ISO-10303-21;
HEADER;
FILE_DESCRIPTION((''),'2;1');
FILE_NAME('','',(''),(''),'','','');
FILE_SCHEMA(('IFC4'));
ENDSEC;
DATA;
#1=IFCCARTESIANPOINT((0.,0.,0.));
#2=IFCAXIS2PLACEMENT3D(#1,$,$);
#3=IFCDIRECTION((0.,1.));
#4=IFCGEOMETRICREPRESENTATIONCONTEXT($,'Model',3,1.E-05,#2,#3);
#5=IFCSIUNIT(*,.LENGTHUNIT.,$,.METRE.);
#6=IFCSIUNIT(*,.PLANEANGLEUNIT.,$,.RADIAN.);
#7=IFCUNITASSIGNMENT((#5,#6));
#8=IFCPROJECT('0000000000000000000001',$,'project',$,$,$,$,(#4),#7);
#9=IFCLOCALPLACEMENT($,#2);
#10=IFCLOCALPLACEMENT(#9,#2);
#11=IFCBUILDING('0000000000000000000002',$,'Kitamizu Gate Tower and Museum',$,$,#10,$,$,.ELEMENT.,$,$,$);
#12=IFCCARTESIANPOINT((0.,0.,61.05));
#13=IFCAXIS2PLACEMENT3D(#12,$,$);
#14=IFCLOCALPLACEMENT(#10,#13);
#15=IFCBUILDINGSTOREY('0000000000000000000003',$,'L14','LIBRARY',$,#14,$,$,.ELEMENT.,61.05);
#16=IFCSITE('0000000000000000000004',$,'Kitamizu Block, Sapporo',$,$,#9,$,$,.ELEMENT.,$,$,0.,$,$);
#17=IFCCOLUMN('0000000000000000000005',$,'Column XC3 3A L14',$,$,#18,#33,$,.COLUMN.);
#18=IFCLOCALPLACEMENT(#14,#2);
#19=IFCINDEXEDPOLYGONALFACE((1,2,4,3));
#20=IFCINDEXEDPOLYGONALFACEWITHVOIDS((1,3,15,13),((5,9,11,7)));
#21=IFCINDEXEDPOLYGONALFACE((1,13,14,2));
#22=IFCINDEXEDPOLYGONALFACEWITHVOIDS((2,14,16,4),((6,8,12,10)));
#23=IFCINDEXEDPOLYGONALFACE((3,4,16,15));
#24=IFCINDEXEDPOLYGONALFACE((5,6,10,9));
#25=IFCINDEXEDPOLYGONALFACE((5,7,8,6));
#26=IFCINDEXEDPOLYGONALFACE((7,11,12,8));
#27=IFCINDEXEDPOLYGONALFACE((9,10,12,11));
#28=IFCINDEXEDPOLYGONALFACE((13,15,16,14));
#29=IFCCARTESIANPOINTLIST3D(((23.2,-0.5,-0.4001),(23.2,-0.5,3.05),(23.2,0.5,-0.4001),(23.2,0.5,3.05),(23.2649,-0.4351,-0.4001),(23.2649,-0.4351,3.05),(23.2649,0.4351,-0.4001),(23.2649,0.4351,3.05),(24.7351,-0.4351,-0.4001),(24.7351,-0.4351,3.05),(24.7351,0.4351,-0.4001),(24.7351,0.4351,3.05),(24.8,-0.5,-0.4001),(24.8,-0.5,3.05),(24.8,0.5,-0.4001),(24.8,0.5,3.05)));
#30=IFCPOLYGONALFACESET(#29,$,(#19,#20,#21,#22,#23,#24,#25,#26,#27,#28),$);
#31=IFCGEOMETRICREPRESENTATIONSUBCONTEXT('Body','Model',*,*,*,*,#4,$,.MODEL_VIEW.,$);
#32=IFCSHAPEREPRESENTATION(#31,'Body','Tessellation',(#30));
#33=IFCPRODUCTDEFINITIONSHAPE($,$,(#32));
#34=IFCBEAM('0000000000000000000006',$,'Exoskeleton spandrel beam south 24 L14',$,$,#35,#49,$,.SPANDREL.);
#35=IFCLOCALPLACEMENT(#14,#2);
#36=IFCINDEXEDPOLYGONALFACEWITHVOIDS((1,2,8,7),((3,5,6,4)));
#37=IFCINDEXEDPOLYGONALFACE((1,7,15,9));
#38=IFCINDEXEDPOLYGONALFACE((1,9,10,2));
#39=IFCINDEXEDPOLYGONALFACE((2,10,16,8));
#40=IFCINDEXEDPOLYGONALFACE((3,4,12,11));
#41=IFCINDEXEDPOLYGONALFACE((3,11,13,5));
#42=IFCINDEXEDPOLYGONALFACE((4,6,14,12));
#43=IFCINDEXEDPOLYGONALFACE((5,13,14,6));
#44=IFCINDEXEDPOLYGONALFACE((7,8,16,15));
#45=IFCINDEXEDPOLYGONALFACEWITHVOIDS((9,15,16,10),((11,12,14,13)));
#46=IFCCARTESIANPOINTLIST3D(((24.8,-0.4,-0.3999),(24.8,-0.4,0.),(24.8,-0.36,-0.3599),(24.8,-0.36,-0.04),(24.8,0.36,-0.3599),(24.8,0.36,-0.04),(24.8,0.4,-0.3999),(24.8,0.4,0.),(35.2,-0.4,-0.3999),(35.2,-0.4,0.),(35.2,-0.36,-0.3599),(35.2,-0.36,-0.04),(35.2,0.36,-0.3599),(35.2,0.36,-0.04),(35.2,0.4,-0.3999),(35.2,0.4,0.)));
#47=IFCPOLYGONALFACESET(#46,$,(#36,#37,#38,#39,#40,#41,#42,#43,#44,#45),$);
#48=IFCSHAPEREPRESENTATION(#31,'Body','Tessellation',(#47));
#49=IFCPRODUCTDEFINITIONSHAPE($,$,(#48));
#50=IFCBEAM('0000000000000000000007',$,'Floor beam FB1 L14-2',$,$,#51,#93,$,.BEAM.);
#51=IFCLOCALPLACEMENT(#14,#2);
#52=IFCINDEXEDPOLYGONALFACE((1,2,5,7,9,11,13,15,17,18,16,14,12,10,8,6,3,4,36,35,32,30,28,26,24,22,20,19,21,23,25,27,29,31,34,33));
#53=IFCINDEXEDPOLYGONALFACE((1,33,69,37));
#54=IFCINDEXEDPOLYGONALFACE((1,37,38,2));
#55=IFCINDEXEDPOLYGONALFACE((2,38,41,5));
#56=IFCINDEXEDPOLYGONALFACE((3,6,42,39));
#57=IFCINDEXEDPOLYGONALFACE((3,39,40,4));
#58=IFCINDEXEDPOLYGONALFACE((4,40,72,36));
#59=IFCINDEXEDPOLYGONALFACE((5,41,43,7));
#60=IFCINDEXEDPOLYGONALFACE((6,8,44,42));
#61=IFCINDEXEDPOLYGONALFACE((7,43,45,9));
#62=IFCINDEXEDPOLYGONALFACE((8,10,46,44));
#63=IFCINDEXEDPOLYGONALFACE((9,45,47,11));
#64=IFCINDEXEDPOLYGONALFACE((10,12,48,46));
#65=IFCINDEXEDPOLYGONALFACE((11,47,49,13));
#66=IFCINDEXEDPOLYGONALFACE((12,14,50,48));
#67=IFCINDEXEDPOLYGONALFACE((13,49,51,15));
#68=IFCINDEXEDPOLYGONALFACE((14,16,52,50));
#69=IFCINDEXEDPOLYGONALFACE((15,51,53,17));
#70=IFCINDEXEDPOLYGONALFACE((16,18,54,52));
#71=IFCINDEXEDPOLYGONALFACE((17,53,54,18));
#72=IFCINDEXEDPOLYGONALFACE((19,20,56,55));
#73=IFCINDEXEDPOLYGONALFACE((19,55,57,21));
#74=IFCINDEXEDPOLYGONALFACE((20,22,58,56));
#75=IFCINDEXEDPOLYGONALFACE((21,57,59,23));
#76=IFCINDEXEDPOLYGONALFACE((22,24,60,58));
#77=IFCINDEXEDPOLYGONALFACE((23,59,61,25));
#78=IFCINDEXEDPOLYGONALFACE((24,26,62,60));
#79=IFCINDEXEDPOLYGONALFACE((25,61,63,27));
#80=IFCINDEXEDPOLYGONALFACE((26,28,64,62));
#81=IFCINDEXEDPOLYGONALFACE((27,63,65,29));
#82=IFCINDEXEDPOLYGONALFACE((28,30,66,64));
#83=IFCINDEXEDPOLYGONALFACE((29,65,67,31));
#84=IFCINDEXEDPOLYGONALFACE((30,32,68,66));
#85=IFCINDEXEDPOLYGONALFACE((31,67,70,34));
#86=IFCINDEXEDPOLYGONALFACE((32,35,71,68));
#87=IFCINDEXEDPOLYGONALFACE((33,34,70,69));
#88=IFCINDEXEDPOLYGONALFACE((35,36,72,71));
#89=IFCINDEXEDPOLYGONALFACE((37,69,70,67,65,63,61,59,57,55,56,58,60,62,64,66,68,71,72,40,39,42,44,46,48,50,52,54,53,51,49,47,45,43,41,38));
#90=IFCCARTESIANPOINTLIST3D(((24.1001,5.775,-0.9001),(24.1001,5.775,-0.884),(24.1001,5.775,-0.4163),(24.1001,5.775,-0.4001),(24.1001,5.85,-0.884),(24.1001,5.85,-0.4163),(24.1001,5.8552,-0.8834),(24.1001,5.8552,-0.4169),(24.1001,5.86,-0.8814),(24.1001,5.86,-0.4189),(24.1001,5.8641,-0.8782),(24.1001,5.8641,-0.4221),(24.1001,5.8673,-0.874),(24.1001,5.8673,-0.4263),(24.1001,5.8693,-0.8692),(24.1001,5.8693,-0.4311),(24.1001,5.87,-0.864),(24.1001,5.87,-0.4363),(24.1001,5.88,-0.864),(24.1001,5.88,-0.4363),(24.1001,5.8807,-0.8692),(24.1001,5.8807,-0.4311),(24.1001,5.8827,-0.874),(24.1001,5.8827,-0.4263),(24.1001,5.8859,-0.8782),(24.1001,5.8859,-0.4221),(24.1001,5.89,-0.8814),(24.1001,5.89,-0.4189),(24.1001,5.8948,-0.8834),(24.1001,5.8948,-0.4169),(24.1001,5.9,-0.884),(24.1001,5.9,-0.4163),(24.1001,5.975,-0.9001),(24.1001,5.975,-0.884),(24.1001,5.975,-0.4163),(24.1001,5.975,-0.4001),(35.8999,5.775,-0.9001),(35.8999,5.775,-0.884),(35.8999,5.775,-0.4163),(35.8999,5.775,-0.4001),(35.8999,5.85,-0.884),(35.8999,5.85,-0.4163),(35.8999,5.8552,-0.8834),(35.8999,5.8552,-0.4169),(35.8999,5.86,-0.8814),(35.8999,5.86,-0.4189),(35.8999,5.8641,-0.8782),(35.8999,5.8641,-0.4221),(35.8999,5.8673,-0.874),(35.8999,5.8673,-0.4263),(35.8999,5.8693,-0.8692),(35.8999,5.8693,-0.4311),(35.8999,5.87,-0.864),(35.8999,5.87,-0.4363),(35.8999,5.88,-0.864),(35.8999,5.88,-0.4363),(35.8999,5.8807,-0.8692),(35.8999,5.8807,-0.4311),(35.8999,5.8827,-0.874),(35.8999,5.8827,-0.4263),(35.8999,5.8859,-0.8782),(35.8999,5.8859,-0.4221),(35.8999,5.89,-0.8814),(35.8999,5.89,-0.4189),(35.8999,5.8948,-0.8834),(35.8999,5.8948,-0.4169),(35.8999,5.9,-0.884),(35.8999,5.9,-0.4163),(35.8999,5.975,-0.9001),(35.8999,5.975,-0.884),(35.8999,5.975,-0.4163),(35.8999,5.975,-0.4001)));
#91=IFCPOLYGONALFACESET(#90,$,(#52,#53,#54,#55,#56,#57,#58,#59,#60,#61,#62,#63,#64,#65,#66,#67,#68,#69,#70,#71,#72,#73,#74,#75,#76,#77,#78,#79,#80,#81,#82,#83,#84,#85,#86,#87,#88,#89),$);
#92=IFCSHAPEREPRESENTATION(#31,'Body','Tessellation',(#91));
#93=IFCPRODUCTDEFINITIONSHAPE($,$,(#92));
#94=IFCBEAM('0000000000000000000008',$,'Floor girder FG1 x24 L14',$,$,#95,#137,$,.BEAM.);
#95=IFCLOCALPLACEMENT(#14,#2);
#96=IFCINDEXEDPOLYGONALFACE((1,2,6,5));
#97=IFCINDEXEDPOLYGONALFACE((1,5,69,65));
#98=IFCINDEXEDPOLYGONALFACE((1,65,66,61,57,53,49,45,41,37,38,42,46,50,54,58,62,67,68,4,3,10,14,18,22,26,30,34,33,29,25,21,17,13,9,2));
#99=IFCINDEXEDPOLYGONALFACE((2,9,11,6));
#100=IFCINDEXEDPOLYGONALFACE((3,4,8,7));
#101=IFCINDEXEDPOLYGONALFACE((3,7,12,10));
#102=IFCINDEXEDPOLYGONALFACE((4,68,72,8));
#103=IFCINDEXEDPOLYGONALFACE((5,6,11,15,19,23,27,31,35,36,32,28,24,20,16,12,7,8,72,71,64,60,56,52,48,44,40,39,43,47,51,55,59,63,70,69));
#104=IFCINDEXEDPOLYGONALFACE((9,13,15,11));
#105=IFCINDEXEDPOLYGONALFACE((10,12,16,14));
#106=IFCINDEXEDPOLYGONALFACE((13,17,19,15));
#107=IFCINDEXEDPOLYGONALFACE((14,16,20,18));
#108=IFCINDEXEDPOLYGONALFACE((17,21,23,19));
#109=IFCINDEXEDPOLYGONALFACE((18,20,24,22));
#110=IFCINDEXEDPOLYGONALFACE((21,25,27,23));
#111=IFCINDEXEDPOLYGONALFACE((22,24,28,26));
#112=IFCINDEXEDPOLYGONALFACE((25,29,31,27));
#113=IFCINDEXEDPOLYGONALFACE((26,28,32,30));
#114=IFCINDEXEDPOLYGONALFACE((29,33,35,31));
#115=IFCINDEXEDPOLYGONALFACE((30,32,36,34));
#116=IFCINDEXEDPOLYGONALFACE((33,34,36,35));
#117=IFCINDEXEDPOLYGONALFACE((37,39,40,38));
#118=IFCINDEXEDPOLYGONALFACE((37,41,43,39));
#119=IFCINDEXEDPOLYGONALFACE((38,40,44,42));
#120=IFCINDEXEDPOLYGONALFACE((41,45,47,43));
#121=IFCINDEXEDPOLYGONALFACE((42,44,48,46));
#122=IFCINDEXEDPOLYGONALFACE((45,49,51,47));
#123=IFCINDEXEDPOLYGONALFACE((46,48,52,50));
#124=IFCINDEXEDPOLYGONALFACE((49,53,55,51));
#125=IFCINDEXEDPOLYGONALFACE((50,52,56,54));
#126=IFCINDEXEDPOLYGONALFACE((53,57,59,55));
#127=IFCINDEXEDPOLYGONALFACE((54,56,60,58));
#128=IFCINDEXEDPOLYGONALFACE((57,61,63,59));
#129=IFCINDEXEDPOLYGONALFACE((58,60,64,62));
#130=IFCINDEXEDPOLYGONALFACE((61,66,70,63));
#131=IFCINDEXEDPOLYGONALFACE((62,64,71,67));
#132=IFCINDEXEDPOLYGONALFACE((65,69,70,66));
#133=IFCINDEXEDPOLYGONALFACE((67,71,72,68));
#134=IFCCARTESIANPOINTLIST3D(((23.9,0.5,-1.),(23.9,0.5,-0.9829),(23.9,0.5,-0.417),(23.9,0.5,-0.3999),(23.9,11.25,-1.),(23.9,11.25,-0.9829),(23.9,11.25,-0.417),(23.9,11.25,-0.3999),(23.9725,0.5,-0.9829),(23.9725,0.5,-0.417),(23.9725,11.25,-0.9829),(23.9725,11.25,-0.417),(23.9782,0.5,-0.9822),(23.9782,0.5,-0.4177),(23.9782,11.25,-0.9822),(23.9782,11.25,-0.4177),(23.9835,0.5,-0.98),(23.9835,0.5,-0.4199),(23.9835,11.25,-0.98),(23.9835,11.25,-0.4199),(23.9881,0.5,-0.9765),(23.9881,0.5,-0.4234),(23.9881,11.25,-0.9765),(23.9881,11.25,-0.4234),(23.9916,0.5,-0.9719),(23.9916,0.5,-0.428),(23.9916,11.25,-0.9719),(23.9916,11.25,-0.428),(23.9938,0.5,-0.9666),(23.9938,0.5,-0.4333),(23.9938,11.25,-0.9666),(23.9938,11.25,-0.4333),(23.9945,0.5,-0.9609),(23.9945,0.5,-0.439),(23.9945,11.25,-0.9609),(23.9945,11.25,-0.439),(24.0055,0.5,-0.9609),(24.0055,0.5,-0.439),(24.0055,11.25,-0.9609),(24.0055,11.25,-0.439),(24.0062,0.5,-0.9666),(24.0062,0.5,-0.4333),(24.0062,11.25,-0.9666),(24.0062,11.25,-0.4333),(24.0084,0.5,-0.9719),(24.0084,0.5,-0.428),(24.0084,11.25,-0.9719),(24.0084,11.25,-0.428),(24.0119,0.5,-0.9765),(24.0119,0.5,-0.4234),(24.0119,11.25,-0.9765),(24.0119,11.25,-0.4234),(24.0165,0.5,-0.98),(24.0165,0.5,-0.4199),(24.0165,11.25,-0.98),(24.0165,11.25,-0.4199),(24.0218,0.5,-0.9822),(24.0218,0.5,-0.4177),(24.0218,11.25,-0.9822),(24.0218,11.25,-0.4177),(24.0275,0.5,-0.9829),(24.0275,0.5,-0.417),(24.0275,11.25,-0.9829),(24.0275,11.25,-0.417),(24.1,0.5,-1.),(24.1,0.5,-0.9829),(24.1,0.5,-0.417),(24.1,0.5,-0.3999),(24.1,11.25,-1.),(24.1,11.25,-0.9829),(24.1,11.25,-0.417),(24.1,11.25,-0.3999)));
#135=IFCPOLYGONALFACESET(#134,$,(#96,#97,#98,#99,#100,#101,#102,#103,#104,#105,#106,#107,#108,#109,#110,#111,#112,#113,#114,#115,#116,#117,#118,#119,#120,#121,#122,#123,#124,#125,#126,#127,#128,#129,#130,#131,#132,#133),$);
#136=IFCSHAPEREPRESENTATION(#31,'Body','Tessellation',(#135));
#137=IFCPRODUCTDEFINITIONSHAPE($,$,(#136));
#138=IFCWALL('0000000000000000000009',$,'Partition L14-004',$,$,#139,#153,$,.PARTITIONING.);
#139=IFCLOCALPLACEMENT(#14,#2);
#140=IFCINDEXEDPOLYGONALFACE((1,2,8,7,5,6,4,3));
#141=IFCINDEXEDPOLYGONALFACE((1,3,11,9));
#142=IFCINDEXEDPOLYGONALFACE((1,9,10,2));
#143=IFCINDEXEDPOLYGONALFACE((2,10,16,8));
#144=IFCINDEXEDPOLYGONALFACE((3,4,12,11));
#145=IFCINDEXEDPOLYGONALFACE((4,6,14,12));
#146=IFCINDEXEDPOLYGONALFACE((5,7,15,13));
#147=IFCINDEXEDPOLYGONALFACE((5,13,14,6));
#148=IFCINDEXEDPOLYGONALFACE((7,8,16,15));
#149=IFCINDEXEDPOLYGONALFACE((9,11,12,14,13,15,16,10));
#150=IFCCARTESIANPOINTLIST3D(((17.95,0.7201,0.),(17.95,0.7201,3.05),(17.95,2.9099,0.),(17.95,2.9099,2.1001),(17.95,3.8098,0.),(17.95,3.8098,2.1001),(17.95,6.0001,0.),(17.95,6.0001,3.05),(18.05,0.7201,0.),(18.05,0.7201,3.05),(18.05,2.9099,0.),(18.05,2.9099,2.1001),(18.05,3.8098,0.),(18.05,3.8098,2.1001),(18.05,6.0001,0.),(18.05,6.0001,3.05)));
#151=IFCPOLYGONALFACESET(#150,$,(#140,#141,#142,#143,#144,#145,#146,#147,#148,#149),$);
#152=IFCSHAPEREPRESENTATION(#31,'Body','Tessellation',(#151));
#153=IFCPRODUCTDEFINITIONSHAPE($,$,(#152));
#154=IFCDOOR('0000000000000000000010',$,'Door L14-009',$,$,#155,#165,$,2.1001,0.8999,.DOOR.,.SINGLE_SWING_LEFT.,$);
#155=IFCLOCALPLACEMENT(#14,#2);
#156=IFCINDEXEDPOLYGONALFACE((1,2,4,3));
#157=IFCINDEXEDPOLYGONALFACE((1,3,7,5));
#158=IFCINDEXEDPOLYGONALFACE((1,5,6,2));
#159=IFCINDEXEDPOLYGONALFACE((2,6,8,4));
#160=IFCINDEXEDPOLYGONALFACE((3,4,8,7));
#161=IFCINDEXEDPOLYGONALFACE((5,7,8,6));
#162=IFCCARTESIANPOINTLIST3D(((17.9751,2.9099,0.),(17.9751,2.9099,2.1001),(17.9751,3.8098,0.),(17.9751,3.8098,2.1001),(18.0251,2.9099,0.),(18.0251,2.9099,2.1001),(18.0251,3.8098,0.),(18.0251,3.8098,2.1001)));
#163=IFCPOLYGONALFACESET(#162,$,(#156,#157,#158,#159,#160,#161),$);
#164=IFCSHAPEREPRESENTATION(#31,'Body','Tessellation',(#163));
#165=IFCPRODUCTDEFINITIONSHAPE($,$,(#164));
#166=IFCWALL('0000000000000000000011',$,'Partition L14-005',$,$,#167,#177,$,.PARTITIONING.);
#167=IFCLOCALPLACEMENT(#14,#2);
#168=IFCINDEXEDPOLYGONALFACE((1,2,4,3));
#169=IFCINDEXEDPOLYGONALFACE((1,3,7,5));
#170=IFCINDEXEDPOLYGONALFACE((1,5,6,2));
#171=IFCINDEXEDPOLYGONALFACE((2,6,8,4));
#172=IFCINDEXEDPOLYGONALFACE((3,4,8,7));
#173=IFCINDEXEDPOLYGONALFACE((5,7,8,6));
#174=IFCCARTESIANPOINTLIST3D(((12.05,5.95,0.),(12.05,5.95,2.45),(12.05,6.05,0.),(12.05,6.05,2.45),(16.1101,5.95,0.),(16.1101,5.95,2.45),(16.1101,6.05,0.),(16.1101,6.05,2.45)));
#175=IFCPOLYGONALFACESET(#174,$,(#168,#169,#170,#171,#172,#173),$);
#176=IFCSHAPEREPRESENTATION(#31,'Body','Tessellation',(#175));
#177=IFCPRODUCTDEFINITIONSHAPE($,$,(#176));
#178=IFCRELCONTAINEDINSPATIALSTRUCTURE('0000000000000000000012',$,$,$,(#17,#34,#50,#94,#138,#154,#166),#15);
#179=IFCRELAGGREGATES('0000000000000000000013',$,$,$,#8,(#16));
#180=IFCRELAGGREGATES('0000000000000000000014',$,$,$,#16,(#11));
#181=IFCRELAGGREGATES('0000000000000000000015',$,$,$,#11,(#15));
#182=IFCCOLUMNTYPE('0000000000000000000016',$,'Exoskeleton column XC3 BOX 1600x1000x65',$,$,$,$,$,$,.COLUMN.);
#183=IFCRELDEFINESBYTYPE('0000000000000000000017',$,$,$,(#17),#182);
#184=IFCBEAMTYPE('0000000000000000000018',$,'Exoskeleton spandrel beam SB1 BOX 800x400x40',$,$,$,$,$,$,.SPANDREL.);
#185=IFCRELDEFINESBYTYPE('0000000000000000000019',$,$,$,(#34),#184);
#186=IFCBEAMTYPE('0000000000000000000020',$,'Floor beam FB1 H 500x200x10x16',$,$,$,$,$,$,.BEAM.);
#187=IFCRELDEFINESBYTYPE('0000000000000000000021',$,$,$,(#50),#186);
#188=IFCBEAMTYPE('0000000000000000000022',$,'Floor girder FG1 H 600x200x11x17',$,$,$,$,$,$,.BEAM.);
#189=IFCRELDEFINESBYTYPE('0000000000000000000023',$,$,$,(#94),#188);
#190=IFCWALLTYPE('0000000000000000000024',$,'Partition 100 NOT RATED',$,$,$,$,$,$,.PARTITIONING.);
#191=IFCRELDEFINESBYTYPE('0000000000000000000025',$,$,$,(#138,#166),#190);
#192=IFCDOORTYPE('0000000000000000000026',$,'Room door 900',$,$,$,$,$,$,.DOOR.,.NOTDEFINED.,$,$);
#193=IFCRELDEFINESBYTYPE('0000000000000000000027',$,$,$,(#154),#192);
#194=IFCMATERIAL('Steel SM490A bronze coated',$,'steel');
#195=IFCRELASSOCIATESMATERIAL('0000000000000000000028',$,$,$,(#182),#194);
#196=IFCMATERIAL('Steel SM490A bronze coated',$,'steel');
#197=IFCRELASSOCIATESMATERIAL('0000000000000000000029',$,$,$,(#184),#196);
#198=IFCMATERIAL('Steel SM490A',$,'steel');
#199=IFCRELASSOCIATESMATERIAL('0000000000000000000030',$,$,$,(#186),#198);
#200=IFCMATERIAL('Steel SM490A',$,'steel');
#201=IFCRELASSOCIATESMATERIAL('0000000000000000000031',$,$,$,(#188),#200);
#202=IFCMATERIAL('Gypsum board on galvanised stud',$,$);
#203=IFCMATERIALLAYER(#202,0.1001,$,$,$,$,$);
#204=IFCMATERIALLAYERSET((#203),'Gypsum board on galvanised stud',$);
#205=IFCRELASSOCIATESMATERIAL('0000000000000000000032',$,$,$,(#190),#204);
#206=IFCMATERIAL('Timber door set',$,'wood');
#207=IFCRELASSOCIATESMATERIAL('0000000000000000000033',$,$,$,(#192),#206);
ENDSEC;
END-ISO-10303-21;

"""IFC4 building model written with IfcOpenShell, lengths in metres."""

from ifc_helpers import new_model, si_unit, direction, frame, frame_2d, origin, origin_2d, place, context, subcontext, project, spatial, rectangle, hollow_rectangle, i_section, extrude, material, layer, layer_set, material_profile, profile_set, type_object, element, fill, save


model = new_model("IFC4")

# Units and contexts
model_context = context("Model", 3, precision=1e-05, world=origin(), true_north=direction((0.0, 1.0)))
body_context = subcontext(model_context, "Body", "Model", "MODEL_VIEW")
ifc_project = project(units=[si_unit("LENGTHUNIT", "METRE"), si_unit("PLANEANGLEUNIT", "RADIAN")], contexts=[model_context])

# Site, building, storey
site_placement = place(None, origin())
site = spatial("IfcSite", under=ifc_project, at=site_placement, Name="Kitamizu Block, Sapporo", CompositionType="ELEMENT", RefElevation=0.0)
building_placement = place(site_placement, origin())
building = spatial("IfcBuilding", under=site, at=building_placement, Name="Kitamizu Gate Tower and Museum", CompositionType="ELEMENT")
storey_placement = place(building_placement, frame((0.0, 0.0, 61.05)))
storey = spatial("IfcBuildingStorey", under=building, at=storey_placement, Name="L14", Description="LIBRARY", CompositionType="ELEMENT", Elevation=61.05)

# Column
ifc_material_1 = material(Name="Steel SM490A bronze coated", Category="steel")
ifc_material_profile_1 = material_profile(ifc_material_1, hollow_rectangle(XDim=1.6001, YDim=1.0, WallThickness=0.0649, at=origin_2d()), Name="BOX 1600x1000x65")
ifc_profile_set_1 = profile_set([ifc_material_profile_1], Name="Steel SM490A bronze coated")
column_type = type_object("IfcColumnType", Name="Exoskeleton column XC3 BOX 1600x1000x65", PredefinedType="COLUMN", material=ifc_profile_set_1)
column_placement = place(storey_placement, frame((24.0, 0.0, -0.4001), z_axis=(0.0, 0.0, 1.0), x_axis=(1.0, 0.0, 0.0)))
element("IfcColumn", 1, at=column_placement, inside=storey, type_object=column_type, Name="Column XC3 3A L14", PredefinedType="COLUMN", context=body_context, shape_type="SweptSolid", body=[
    extrude(hollow_rectangle(XDim=1.6001, YDim=1.0, WallThickness=0.0649, at=origin_2d()), origin(), (0.0, 0.0, 1.0), 3.4502),
])

# Beams
ifc_material_2 = material(Name="Steel SM490A bronze coated", Category="steel")
ifc_material_profile_2 = material_profile(ifc_material_2, hollow_rectangle(XDim=0.8, YDim=0.3999, WallThickness=0.04, at=origin_2d()), Name="BOX 800x400x40")
ifc_profile_set_2 = profile_set([ifc_material_profile_2], Name="Steel SM490A bronze coated")
beam_type_1 = type_object("IfcBeamType", Name="Exoskeleton spandrel beam SB1 BOX 800x400x40", PredefinedType="SPANDREL", material=ifc_profile_set_2)
beam_1_placement = place(storey_placement, frame((24.8, 0.0, -0.2), z_axis=(1.0, 0.0, 0.0), x_axis=(0.0, 1.0, 0.0)))
element("IfcBeam", 2, at=beam_1_placement, inside=storey, type_object=beam_type_1, Name="Exoskeleton spandrel beam south 24 L14", PredefinedType="SPANDREL", context=body_context, shape_type="SweptSolid", body=[
    extrude(hollow_rectangle(XDim=0.8, YDim=0.3999, WallThickness=0.04, at=origin_2d()), origin(), (0.0, 0.0, 1.0), 10.3999),
])
ifc_material_3 = material(Name="Steel SM490A", Category="steel")
ifc_material_profile_3 = material_profile(ifc_material_3, i_section(OverallWidth=0.2, OverallDepth=0.5, WebThickness=0.01, FlangeThickness=0.0161, FilletRadius=0.02, at=origin_2d()), Name="H-500x200x10x16")
ifc_profile_set_3 = profile_set([ifc_material_profile_3], Name="Steel SM490A")
beam_type_2 = type_object("IfcBeamType", Name="Floor beam FB1 H 500x200x10x16", PredefinedType="BEAM", material=ifc_profile_set_3)
beam_2_placement = place(storey_placement, frame((24.1001, 5.875, -0.6501), z_axis=(1.0, 0.0, 0.0), x_axis=(0.0, 1.0, 0.0)))
element("IfcBeam", 3, at=beam_2_placement, inside=storey, type_object=beam_type_2, Name="Floor beam FB1 L14-2", PredefinedType="BEAM", context=body_context, shape_type="SweptSolid", body=[
    extrude(i_section(OverallWidth=0.2, OverallDepth=0.5, WebThickness=0.01, FlangeThickness=0.0161, FilletRadius=0.02, at=origin_2d()), origin(), (0.0, 0.0, 1.0), 11.7998),
])
ifc_material_4 = material(Name="Steel SM490A", Category="steel")
ifc_material_profile_4 = material_profile(ifc_material_4, i_section(OverallWidth=0.2, OverallDepth=0.6001, WebThickness=0.011, FlangeThickness=0.0171, FilletRadius=0.022, at=origin_2d()), Name="H-600x200x11x17")
ifc_profile_set_4 = profile_set([ifc_material_profile_4], Name="Steel SM490A")
beam_type_3 = type_object("IfcBeamType", Name="Floor girder FG1 H 600x200x11x17", PredefinedType="BEAM", material=ifc_profile_set_4)
beam_3_placement = place(storey_placement, frame((24.0, 0.5, -0.7), z_axis=(0.0, 1.0, 0.0), x_axis=(-1.0, 0.0, 0.0)))
element("IfcBeam", 4, at=beam_3_placement, inside=storey, type_object=beam_type_3, Name="Floor girder FG1 x24 L14", PredefinedType="BEAM", context=body_context, shape_type="SweptSolid", body=[
    extrude(i_section(OverallWidth=0.2, OverallDepth=0.6001, WebThickness=0.011, FlangeThickness=0.0171, FilletRadius=0.022, at=origin_2d()), origin(), (0.0, 0.0, 1.0), 10.75),
])

# Wall, opening, door
ifc_material_5 = material(Name="Gypsum board on galvanised stud")
ifc_layer_1 = layer(ifc_material_5, 0.1001)
ifc_layer_set_1 = layer_set([ifc_layer_1], Name="Gypsum board on galvanised stud")
wall_type_1 = type_object("IfcWallType", Name="Partition 100 NOT RATED", PredefinedType="PARTITIONING", material=ifc_layer_set_1)
wall_1_placement = place(storey_placement, frame((18.0, 0.72, 0.0), z_axis=(0.0, 0.0, 1.0), x_axis=(0.0, 1.0, 0.0)))
wall_1 = element("IfcWall", 5, at=wall_1_placement, inside=storey, type_object=wall_type_1, Name="Partition L14-004", PredefinedType="PARTITIONING", context=body_context, shape_type="SweptSolid", body=[
    extrude(rectangle(XDim=5.28, YDim=0.1001, at=frame_2d((2.6401, 0.0))), origin(), (0.0, 0.0, 1.0), 3.05),
])
opening_1_placement = place(wall_1_placement, frame((2.1899, 0.0, 0.0)))
opening_1 = element("IfcOpeningElement", 6, at=opening_1_placement, cuts=wall_1, PredefinedType="OPENING", context=body_context, shape_type="SweptSolid", body=[
    extrude(rectangle(XDim=0.8999, YDim=2.1001, at=frame_2d((0.45, 1.05))), frame((0.0, 0.0601, 0.0), z_axis=(0.0, -1.0, 0.0), x_axis=(1.0, 0.0, 0.0)), (0.0, 0.0, 1.0), 0.1201),
])
ifc_material_6 = material(Name="Timber door set", Category="wood")
door_type_1 = type_object("IfcDoorType", Name="Room door 900", OperationType="NOTDEFINED", PredefinedType="DOOR", material=ifc_material_6)
door_1_placement = place(opening_1_placement, origin())
door_1 = element("IfcDoor", 7, at=door_1_placement, inside=storey, type_object=door_type_1, Name="Door L14-009", OperationType="SINGLE_SWING_LEFT", OverallHeight=2.1001, OverallWidth=0.8999, PredefinedType="DOOR", context=body_context, shape_type="SweptSolid", body=[
    extrude(rectangle(XDim=0.8999, YDim=2.1001, at=frame_2d((0.45, 1.05))), frame((0.0, 0.0249, 0.0), z_axis=(0.0, -1.0, 0.0), x_axis=(1.0, 0.0, 0.0)), (0.0, 0.0, 1.0), 0.05),
])
fill(opening_1, door_1)

# Wall
wall_2_placement = place(storey_placement, frame((16.1101, 6.0, 0.0), z_axis=(0.0, 0.0, 1.0), x_axis=(-1.0, 0.0, 0.0)))
element("IfcWall", 8, at=wall_2_placement, inside=storey, type_object=wall_type_1, Name="Partition L14-005", PredefinedType="PARTITIONING", context=body_context, shape_type="SweptSolid", body=[
    extrude(rectangle(XDim=4.0601, YDim=0.1001, at=frame_2d((2.03, 0.0))), origin(), (0.0, 0.0, 1.0), 2.45),
])

save(model, "model.ifc")
